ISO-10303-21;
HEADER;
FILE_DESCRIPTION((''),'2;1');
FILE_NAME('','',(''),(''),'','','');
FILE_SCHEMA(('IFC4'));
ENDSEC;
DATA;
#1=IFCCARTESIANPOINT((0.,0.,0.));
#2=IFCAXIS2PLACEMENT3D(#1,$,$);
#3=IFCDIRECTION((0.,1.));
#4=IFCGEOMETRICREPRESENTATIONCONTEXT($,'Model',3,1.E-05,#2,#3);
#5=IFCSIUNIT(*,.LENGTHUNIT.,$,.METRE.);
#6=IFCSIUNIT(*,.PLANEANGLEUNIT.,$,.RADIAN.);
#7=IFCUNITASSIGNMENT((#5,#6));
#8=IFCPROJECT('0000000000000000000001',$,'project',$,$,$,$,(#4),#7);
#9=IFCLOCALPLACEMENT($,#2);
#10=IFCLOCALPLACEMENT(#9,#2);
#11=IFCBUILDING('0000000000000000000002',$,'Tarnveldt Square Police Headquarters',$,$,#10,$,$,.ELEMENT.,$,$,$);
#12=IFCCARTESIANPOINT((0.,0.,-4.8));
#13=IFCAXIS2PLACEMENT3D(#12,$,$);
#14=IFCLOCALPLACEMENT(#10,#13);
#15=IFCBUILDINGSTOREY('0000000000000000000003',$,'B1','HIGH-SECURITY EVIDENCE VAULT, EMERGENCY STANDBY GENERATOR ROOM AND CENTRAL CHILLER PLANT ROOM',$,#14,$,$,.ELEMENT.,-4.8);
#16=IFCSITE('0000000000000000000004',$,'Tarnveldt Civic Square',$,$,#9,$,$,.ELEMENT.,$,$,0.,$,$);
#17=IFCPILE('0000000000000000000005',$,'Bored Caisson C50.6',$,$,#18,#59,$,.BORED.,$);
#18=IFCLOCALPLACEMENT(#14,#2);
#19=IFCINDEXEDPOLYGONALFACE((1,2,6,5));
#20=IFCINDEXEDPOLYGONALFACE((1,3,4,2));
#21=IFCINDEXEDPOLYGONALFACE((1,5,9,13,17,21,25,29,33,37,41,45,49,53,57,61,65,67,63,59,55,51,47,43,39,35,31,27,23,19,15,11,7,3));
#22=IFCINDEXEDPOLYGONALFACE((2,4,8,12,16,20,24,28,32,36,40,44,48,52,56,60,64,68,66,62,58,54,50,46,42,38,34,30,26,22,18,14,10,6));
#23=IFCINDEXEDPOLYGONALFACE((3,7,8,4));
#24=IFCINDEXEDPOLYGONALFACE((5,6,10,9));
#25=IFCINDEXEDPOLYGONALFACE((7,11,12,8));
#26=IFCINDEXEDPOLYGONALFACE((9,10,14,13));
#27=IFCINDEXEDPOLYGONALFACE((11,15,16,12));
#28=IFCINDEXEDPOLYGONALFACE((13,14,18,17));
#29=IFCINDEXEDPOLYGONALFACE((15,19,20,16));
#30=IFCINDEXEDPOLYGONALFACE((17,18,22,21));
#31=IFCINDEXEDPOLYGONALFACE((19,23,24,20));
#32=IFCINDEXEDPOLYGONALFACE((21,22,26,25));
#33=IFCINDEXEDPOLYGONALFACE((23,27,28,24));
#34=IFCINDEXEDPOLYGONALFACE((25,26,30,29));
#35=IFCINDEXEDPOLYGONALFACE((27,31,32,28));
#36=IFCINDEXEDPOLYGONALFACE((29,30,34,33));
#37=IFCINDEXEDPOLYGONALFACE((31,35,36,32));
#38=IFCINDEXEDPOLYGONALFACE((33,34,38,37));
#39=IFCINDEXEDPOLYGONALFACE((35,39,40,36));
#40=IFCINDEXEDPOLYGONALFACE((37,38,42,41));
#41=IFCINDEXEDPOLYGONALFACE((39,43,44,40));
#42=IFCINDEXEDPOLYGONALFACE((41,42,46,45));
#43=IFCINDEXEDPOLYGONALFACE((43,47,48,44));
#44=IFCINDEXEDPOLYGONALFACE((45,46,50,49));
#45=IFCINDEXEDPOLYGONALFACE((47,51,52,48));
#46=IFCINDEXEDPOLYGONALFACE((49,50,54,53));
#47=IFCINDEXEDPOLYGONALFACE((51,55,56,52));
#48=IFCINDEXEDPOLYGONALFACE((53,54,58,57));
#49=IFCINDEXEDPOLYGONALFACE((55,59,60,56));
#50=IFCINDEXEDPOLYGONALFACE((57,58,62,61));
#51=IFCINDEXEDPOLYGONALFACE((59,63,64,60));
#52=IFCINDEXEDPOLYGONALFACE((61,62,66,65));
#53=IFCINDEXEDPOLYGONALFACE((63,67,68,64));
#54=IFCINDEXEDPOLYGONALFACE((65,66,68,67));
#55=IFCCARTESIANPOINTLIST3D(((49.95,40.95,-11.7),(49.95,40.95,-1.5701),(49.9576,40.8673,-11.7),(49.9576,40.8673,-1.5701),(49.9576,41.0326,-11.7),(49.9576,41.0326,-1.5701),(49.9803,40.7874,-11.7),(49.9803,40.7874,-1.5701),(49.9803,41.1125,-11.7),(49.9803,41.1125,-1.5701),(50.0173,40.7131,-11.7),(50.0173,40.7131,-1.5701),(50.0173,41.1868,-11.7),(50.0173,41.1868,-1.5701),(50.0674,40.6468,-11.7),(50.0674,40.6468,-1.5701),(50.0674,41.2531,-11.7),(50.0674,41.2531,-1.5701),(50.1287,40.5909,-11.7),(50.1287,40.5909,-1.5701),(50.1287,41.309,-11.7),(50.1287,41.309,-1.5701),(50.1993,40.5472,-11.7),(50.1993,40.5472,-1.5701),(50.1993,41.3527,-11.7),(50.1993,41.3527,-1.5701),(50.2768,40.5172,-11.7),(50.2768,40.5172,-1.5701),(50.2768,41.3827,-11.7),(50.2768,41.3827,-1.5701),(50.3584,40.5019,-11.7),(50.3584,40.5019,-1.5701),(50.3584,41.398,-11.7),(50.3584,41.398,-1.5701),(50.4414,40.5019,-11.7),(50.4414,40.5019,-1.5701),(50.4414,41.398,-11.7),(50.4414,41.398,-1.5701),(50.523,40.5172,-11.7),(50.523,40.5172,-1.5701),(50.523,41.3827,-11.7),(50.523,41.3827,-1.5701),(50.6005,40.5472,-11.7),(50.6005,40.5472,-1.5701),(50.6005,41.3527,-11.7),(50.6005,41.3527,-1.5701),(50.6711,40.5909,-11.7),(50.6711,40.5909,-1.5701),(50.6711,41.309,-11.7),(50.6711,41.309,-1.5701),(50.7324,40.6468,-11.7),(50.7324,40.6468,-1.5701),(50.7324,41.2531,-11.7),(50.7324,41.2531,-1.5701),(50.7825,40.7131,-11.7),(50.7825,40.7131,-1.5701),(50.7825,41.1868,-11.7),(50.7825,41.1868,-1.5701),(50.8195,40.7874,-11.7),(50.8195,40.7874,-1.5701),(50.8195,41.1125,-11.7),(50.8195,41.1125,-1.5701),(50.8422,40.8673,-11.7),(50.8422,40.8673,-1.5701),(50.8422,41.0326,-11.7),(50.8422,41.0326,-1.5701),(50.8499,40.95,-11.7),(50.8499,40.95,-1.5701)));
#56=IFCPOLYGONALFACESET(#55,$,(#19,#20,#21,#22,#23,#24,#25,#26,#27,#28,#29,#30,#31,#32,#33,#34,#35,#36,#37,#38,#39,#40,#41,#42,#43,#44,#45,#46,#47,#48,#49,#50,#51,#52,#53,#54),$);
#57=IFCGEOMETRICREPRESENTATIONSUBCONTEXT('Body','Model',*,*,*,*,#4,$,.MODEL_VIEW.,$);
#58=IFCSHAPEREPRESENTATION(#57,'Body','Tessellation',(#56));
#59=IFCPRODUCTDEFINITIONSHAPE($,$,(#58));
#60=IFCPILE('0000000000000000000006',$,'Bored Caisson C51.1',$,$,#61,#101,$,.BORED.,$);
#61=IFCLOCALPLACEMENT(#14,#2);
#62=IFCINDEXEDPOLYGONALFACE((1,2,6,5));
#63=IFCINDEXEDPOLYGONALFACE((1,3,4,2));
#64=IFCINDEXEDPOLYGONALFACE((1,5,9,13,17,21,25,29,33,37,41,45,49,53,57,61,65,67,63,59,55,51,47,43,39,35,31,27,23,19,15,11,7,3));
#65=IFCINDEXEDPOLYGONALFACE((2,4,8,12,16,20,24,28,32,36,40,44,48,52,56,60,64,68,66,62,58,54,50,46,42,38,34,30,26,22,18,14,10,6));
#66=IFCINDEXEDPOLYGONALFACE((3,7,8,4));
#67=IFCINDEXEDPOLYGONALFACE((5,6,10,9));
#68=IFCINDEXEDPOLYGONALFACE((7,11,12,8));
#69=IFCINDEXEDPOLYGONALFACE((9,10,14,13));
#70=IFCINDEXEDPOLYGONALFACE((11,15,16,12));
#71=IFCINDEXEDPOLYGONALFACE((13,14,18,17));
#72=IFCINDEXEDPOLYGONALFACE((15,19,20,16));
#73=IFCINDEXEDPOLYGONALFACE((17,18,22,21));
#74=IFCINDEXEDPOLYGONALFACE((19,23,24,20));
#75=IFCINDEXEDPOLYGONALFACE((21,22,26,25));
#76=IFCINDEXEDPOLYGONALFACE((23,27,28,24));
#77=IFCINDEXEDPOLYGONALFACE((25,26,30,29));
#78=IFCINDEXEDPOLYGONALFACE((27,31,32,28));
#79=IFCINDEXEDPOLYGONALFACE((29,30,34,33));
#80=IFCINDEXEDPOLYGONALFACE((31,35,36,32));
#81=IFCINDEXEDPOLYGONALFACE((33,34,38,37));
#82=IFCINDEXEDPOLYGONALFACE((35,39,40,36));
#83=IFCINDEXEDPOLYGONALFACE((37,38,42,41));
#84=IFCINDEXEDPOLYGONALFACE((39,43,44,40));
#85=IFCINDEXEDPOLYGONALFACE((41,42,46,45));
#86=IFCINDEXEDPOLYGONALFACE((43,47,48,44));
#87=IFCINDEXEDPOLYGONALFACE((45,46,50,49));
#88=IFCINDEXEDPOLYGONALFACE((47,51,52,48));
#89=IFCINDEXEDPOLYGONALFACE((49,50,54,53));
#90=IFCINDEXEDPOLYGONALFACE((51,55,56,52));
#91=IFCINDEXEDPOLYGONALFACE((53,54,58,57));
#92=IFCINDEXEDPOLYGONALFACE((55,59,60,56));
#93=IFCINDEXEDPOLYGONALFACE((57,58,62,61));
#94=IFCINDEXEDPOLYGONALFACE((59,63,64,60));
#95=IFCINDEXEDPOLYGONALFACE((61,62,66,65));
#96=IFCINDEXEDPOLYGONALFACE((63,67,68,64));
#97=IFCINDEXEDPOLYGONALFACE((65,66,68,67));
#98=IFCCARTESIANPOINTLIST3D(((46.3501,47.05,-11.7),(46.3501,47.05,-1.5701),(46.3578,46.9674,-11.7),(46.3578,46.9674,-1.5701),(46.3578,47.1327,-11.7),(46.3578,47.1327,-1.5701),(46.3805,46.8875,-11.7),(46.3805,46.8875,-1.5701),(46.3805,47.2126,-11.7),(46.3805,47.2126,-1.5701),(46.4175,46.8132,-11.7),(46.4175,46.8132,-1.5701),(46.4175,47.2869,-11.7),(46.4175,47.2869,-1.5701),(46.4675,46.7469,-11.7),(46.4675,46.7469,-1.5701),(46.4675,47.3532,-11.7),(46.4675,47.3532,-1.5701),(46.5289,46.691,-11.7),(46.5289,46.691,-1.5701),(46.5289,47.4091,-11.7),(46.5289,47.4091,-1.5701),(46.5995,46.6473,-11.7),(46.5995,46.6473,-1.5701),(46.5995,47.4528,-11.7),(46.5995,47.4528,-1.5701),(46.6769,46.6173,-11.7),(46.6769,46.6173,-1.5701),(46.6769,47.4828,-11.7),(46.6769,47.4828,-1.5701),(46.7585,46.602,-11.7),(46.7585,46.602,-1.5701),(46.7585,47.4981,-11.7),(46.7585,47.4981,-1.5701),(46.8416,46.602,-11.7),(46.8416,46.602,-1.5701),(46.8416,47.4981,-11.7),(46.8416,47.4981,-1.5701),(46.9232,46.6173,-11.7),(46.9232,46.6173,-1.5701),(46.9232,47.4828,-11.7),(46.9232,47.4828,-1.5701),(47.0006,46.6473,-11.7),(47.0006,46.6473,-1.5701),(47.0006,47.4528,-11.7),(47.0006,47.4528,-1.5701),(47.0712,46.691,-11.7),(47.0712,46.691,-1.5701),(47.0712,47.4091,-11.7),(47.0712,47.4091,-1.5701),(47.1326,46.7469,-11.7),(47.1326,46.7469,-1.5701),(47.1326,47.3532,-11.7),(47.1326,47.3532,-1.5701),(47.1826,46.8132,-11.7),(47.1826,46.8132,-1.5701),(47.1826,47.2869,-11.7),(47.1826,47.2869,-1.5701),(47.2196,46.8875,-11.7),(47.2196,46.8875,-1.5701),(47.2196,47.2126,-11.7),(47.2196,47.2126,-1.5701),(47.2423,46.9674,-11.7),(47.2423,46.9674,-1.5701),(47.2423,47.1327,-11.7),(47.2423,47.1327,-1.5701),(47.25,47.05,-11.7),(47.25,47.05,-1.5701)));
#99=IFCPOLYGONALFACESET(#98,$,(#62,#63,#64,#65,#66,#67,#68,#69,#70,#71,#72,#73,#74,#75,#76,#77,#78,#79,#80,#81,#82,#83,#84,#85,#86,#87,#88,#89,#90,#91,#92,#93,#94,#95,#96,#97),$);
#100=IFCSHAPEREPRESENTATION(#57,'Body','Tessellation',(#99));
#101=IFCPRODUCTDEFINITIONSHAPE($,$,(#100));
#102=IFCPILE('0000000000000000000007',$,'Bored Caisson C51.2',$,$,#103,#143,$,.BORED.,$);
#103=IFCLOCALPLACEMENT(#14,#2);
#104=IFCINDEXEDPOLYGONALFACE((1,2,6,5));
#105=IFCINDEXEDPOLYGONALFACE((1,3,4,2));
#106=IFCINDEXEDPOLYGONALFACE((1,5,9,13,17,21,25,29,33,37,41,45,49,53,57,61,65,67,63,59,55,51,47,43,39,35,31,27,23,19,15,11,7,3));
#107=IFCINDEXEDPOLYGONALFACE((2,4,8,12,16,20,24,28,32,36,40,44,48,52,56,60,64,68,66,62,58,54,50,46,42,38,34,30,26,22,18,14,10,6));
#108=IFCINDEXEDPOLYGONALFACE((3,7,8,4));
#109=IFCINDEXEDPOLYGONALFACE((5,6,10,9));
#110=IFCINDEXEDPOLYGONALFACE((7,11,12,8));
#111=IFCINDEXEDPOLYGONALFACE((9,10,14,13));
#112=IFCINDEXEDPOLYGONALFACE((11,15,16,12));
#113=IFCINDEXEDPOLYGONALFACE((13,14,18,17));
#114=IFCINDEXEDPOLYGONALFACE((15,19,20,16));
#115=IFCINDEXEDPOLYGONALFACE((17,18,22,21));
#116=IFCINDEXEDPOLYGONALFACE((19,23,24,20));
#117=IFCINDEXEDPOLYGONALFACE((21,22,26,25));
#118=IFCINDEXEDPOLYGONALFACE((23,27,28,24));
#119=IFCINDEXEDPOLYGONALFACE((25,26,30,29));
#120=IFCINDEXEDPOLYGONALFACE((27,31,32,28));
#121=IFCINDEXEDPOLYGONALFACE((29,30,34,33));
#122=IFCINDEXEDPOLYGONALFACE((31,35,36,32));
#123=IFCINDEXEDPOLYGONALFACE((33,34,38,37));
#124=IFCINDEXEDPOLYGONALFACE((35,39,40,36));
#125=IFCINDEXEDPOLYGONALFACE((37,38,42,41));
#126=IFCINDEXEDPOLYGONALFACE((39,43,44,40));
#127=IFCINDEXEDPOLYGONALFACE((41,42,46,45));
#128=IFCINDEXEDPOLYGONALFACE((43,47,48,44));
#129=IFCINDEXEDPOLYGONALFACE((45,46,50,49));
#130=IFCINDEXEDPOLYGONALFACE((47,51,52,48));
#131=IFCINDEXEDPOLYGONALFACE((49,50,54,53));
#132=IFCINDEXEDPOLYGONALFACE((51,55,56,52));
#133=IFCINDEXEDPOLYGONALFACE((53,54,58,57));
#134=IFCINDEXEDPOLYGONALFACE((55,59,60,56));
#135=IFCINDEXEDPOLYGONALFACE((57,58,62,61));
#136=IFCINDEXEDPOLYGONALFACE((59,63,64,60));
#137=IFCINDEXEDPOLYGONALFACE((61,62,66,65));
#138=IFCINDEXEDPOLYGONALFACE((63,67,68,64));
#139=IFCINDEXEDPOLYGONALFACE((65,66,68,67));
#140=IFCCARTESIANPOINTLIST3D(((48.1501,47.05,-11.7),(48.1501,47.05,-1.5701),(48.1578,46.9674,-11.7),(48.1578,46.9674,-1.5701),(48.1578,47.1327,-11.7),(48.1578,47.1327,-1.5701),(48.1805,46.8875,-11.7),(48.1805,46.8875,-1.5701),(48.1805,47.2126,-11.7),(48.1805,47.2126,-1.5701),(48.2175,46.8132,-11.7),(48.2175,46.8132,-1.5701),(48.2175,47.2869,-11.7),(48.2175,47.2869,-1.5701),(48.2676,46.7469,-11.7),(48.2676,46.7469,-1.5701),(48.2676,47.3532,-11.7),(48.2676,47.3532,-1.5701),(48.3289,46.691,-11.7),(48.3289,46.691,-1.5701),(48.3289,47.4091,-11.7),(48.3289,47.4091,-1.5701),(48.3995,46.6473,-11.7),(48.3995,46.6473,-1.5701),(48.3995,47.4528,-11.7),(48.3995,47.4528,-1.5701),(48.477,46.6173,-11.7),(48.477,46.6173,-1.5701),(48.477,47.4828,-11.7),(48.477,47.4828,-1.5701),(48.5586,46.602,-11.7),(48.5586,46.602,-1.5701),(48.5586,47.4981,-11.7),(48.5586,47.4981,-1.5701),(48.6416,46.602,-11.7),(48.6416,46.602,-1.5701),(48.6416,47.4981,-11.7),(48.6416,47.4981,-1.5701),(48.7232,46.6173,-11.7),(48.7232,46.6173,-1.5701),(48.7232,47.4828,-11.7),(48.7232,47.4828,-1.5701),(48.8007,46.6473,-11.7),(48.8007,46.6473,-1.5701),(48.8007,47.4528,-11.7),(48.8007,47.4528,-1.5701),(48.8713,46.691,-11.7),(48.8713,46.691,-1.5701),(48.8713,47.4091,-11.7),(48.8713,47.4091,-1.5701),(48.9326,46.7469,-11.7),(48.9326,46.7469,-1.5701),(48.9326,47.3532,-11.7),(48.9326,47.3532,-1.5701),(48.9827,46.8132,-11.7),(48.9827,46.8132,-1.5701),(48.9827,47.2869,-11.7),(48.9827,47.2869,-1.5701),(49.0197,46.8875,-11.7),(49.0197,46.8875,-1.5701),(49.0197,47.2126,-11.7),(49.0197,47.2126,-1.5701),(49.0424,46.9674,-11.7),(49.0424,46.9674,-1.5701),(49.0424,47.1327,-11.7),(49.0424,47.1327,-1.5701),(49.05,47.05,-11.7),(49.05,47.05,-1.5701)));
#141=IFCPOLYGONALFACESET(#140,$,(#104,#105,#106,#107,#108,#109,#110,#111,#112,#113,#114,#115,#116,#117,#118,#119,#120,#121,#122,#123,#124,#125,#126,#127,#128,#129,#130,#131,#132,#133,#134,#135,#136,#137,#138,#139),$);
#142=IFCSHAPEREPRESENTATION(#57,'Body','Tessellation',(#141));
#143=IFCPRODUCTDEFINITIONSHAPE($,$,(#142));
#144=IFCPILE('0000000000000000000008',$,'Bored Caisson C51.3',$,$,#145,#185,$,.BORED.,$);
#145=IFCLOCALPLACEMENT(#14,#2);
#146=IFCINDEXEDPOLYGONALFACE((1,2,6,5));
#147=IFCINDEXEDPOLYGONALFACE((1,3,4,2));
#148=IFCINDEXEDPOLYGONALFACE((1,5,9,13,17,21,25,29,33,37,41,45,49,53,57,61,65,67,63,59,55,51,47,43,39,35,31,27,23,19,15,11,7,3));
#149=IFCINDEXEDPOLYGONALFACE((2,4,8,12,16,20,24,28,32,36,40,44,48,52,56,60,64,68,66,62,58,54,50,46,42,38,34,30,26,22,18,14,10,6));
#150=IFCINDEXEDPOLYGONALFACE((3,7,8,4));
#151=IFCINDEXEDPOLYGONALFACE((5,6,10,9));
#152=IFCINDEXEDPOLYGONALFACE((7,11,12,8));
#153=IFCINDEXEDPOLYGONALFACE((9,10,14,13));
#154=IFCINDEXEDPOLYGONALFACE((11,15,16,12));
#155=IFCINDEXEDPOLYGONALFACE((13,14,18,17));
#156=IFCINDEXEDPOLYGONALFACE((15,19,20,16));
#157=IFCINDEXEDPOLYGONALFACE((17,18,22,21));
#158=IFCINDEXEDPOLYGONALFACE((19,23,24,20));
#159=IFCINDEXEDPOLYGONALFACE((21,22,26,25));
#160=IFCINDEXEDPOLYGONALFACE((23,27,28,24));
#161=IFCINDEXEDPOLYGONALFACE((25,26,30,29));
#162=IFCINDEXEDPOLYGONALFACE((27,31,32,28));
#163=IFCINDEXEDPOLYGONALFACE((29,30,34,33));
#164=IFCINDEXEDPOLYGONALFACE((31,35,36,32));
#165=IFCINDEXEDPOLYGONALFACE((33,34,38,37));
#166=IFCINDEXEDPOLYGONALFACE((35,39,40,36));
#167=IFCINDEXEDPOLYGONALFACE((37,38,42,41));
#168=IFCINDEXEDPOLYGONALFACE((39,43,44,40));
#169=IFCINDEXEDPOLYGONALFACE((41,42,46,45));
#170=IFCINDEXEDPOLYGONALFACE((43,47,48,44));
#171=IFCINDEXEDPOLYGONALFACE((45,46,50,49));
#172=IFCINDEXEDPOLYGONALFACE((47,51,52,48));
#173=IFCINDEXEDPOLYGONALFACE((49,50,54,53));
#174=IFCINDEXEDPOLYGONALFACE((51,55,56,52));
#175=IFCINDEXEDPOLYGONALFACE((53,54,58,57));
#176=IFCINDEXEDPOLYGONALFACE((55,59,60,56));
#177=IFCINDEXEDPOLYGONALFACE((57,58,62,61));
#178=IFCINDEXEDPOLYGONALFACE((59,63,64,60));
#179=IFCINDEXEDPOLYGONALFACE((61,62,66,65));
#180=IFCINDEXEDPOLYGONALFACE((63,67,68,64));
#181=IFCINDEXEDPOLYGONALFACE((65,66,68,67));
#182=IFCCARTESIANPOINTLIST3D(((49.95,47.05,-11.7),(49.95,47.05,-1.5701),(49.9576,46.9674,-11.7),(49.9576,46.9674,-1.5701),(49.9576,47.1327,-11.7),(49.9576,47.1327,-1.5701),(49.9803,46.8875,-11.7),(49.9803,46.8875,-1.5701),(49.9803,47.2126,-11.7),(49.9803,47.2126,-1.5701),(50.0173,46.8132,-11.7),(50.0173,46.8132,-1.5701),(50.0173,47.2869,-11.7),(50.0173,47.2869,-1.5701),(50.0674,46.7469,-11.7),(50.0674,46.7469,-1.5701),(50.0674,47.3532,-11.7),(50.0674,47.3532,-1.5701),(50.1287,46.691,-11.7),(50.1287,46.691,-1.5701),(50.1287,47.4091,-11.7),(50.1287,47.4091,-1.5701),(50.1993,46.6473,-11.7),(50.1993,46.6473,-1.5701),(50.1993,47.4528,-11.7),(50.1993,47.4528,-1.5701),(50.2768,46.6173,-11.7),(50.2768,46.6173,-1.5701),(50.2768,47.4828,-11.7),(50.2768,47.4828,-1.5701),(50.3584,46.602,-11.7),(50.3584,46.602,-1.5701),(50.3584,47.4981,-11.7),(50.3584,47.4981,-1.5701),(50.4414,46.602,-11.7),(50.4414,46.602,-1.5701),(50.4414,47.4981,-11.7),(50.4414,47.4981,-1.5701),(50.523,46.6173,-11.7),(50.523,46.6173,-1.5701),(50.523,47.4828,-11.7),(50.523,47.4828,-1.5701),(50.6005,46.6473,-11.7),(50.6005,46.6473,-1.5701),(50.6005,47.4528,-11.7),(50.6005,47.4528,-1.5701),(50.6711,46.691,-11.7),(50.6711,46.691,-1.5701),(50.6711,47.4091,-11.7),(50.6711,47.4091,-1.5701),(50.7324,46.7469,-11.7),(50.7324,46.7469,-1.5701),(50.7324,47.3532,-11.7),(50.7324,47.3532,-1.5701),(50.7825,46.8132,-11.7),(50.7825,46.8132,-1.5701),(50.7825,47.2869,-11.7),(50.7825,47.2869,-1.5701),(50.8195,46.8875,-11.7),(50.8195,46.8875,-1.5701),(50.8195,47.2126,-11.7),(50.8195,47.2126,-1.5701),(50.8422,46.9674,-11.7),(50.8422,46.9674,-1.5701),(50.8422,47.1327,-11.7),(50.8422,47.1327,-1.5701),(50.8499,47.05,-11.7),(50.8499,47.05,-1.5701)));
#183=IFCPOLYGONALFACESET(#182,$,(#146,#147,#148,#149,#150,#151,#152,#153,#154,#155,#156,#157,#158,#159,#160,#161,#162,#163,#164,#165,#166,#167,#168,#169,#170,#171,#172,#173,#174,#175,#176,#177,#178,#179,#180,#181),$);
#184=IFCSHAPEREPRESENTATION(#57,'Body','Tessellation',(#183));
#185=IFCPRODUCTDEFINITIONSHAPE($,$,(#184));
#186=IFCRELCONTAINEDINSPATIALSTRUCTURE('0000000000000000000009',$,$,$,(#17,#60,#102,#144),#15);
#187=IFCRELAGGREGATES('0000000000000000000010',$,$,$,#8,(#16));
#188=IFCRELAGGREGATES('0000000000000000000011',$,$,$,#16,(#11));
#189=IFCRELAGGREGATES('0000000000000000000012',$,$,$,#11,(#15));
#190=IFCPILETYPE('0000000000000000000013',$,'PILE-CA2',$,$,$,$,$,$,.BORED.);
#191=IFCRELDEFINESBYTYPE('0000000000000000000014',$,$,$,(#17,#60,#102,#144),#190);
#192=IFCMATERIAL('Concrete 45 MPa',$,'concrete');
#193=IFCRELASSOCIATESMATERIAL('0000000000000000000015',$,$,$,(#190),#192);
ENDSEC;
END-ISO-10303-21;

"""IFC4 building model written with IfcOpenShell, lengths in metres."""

from ifc_helpers import new_model, si_unit, direction, frame, origin, origin_2d, place, context, subcontext, project, spatial, circle, extrude, material, material_profile, profile_set, type_object, element, save


model = new_model("IFC4")

# Units and contexts
model_context = context("Model", 3, precision=1e-05, world=origin(), true_north=direction((0.0, 1.0)))
body_context = subcontext(model_context, "Body", "Model", "MODEL_VIEW")
ifc_project = project(units=[si_unit("LENGTHUNIT", "METRE"), si_unit("PLANEANGLEUNIT", "RADIAN")], contexts=[model_context])

# Site, building, storey
site_placement = place(None, origin())
site = spatial("IfcSite", under=ifc_project, at=site_placement, Name="Tarnveldt Civic Square", CompositionType="ELEMENT", RefElevation=0.0)
building_placement = place(site_placement, origin())
building = spatial("IfcBuilding", under=site, at=building_placement, Name="Tarnveldt Square Police Headquarters", CompositionType="ELEMENT")
storey_placement = place(building_placement, frame((0.0, 0.0, -4.8)))
storey = spatial("IfcBuildingStorey", under=building, at=storey_placement, Name="B1", Description="HIGH-SECURITY EVIDENCE VAULT, EMERGENCY STANDBY GENERATOR ROOM AND CENTRAL CHILLER PLANT ROOM", CompositionType="ELEMENT", Elevation=-4.8)

# Shared definitions
ifc_material_1 = material(Name="Concrete 45 MPa", Category="concrete")

# Piles
ifc_material_profile_1 = material_profile(ifc_material_1, circle(Radius=0.45, at=origin_2d()), Name="CAISSON-D900")
ifc_profile_set_1 = profile_set([ifc_material_profile_1], Name="Concrete 45 MPa")
pile_type = type_object("IfcPileType", Name="PILE-CA2", PredefinedType="BORED", material=ifc_profile_set_1)
for number, where, z_axis, x_axis, name in (
    (1, (50.3999, 40.95, -1.5701), (0.0, 0.0, -1.0), (1.0, 0.0, 0.0), "Bored Caisson C50.6"),
    (2, (46.8, 47.05, -1.5701), (0.0, 0.0, -1.0), (1.0, 0.0, 0.0), "Bored Caisson C51.1"),
    (3, (48.6001, 47.05, -1.5701), (0.0, 0.0, -1.0), (1.0, 0.0, 0.0), "Bored Caisson C51.2"),
    (4, (50.3999, 47.05, -1.5701), (0.0, 0.0, -1.0), (1.0, 0.0, 0.0), "Bored Caisson C51.3"),
):
    element("IfcPile", number, at=place(storey_placement, frame(where, z_axis=z_axis, x_axis=x_axis)), inside=storey, type_object=pile_type, Name=name, PredefinedType="BORED", context=body_context, shape_type="SweptSolid", body=[
        extrude(circle(Radius=0.45, at=origin_2d()), origin(), (0.0, 0.0, 1.0), 10.1299),
    ])

save(model, "model.ifc")
